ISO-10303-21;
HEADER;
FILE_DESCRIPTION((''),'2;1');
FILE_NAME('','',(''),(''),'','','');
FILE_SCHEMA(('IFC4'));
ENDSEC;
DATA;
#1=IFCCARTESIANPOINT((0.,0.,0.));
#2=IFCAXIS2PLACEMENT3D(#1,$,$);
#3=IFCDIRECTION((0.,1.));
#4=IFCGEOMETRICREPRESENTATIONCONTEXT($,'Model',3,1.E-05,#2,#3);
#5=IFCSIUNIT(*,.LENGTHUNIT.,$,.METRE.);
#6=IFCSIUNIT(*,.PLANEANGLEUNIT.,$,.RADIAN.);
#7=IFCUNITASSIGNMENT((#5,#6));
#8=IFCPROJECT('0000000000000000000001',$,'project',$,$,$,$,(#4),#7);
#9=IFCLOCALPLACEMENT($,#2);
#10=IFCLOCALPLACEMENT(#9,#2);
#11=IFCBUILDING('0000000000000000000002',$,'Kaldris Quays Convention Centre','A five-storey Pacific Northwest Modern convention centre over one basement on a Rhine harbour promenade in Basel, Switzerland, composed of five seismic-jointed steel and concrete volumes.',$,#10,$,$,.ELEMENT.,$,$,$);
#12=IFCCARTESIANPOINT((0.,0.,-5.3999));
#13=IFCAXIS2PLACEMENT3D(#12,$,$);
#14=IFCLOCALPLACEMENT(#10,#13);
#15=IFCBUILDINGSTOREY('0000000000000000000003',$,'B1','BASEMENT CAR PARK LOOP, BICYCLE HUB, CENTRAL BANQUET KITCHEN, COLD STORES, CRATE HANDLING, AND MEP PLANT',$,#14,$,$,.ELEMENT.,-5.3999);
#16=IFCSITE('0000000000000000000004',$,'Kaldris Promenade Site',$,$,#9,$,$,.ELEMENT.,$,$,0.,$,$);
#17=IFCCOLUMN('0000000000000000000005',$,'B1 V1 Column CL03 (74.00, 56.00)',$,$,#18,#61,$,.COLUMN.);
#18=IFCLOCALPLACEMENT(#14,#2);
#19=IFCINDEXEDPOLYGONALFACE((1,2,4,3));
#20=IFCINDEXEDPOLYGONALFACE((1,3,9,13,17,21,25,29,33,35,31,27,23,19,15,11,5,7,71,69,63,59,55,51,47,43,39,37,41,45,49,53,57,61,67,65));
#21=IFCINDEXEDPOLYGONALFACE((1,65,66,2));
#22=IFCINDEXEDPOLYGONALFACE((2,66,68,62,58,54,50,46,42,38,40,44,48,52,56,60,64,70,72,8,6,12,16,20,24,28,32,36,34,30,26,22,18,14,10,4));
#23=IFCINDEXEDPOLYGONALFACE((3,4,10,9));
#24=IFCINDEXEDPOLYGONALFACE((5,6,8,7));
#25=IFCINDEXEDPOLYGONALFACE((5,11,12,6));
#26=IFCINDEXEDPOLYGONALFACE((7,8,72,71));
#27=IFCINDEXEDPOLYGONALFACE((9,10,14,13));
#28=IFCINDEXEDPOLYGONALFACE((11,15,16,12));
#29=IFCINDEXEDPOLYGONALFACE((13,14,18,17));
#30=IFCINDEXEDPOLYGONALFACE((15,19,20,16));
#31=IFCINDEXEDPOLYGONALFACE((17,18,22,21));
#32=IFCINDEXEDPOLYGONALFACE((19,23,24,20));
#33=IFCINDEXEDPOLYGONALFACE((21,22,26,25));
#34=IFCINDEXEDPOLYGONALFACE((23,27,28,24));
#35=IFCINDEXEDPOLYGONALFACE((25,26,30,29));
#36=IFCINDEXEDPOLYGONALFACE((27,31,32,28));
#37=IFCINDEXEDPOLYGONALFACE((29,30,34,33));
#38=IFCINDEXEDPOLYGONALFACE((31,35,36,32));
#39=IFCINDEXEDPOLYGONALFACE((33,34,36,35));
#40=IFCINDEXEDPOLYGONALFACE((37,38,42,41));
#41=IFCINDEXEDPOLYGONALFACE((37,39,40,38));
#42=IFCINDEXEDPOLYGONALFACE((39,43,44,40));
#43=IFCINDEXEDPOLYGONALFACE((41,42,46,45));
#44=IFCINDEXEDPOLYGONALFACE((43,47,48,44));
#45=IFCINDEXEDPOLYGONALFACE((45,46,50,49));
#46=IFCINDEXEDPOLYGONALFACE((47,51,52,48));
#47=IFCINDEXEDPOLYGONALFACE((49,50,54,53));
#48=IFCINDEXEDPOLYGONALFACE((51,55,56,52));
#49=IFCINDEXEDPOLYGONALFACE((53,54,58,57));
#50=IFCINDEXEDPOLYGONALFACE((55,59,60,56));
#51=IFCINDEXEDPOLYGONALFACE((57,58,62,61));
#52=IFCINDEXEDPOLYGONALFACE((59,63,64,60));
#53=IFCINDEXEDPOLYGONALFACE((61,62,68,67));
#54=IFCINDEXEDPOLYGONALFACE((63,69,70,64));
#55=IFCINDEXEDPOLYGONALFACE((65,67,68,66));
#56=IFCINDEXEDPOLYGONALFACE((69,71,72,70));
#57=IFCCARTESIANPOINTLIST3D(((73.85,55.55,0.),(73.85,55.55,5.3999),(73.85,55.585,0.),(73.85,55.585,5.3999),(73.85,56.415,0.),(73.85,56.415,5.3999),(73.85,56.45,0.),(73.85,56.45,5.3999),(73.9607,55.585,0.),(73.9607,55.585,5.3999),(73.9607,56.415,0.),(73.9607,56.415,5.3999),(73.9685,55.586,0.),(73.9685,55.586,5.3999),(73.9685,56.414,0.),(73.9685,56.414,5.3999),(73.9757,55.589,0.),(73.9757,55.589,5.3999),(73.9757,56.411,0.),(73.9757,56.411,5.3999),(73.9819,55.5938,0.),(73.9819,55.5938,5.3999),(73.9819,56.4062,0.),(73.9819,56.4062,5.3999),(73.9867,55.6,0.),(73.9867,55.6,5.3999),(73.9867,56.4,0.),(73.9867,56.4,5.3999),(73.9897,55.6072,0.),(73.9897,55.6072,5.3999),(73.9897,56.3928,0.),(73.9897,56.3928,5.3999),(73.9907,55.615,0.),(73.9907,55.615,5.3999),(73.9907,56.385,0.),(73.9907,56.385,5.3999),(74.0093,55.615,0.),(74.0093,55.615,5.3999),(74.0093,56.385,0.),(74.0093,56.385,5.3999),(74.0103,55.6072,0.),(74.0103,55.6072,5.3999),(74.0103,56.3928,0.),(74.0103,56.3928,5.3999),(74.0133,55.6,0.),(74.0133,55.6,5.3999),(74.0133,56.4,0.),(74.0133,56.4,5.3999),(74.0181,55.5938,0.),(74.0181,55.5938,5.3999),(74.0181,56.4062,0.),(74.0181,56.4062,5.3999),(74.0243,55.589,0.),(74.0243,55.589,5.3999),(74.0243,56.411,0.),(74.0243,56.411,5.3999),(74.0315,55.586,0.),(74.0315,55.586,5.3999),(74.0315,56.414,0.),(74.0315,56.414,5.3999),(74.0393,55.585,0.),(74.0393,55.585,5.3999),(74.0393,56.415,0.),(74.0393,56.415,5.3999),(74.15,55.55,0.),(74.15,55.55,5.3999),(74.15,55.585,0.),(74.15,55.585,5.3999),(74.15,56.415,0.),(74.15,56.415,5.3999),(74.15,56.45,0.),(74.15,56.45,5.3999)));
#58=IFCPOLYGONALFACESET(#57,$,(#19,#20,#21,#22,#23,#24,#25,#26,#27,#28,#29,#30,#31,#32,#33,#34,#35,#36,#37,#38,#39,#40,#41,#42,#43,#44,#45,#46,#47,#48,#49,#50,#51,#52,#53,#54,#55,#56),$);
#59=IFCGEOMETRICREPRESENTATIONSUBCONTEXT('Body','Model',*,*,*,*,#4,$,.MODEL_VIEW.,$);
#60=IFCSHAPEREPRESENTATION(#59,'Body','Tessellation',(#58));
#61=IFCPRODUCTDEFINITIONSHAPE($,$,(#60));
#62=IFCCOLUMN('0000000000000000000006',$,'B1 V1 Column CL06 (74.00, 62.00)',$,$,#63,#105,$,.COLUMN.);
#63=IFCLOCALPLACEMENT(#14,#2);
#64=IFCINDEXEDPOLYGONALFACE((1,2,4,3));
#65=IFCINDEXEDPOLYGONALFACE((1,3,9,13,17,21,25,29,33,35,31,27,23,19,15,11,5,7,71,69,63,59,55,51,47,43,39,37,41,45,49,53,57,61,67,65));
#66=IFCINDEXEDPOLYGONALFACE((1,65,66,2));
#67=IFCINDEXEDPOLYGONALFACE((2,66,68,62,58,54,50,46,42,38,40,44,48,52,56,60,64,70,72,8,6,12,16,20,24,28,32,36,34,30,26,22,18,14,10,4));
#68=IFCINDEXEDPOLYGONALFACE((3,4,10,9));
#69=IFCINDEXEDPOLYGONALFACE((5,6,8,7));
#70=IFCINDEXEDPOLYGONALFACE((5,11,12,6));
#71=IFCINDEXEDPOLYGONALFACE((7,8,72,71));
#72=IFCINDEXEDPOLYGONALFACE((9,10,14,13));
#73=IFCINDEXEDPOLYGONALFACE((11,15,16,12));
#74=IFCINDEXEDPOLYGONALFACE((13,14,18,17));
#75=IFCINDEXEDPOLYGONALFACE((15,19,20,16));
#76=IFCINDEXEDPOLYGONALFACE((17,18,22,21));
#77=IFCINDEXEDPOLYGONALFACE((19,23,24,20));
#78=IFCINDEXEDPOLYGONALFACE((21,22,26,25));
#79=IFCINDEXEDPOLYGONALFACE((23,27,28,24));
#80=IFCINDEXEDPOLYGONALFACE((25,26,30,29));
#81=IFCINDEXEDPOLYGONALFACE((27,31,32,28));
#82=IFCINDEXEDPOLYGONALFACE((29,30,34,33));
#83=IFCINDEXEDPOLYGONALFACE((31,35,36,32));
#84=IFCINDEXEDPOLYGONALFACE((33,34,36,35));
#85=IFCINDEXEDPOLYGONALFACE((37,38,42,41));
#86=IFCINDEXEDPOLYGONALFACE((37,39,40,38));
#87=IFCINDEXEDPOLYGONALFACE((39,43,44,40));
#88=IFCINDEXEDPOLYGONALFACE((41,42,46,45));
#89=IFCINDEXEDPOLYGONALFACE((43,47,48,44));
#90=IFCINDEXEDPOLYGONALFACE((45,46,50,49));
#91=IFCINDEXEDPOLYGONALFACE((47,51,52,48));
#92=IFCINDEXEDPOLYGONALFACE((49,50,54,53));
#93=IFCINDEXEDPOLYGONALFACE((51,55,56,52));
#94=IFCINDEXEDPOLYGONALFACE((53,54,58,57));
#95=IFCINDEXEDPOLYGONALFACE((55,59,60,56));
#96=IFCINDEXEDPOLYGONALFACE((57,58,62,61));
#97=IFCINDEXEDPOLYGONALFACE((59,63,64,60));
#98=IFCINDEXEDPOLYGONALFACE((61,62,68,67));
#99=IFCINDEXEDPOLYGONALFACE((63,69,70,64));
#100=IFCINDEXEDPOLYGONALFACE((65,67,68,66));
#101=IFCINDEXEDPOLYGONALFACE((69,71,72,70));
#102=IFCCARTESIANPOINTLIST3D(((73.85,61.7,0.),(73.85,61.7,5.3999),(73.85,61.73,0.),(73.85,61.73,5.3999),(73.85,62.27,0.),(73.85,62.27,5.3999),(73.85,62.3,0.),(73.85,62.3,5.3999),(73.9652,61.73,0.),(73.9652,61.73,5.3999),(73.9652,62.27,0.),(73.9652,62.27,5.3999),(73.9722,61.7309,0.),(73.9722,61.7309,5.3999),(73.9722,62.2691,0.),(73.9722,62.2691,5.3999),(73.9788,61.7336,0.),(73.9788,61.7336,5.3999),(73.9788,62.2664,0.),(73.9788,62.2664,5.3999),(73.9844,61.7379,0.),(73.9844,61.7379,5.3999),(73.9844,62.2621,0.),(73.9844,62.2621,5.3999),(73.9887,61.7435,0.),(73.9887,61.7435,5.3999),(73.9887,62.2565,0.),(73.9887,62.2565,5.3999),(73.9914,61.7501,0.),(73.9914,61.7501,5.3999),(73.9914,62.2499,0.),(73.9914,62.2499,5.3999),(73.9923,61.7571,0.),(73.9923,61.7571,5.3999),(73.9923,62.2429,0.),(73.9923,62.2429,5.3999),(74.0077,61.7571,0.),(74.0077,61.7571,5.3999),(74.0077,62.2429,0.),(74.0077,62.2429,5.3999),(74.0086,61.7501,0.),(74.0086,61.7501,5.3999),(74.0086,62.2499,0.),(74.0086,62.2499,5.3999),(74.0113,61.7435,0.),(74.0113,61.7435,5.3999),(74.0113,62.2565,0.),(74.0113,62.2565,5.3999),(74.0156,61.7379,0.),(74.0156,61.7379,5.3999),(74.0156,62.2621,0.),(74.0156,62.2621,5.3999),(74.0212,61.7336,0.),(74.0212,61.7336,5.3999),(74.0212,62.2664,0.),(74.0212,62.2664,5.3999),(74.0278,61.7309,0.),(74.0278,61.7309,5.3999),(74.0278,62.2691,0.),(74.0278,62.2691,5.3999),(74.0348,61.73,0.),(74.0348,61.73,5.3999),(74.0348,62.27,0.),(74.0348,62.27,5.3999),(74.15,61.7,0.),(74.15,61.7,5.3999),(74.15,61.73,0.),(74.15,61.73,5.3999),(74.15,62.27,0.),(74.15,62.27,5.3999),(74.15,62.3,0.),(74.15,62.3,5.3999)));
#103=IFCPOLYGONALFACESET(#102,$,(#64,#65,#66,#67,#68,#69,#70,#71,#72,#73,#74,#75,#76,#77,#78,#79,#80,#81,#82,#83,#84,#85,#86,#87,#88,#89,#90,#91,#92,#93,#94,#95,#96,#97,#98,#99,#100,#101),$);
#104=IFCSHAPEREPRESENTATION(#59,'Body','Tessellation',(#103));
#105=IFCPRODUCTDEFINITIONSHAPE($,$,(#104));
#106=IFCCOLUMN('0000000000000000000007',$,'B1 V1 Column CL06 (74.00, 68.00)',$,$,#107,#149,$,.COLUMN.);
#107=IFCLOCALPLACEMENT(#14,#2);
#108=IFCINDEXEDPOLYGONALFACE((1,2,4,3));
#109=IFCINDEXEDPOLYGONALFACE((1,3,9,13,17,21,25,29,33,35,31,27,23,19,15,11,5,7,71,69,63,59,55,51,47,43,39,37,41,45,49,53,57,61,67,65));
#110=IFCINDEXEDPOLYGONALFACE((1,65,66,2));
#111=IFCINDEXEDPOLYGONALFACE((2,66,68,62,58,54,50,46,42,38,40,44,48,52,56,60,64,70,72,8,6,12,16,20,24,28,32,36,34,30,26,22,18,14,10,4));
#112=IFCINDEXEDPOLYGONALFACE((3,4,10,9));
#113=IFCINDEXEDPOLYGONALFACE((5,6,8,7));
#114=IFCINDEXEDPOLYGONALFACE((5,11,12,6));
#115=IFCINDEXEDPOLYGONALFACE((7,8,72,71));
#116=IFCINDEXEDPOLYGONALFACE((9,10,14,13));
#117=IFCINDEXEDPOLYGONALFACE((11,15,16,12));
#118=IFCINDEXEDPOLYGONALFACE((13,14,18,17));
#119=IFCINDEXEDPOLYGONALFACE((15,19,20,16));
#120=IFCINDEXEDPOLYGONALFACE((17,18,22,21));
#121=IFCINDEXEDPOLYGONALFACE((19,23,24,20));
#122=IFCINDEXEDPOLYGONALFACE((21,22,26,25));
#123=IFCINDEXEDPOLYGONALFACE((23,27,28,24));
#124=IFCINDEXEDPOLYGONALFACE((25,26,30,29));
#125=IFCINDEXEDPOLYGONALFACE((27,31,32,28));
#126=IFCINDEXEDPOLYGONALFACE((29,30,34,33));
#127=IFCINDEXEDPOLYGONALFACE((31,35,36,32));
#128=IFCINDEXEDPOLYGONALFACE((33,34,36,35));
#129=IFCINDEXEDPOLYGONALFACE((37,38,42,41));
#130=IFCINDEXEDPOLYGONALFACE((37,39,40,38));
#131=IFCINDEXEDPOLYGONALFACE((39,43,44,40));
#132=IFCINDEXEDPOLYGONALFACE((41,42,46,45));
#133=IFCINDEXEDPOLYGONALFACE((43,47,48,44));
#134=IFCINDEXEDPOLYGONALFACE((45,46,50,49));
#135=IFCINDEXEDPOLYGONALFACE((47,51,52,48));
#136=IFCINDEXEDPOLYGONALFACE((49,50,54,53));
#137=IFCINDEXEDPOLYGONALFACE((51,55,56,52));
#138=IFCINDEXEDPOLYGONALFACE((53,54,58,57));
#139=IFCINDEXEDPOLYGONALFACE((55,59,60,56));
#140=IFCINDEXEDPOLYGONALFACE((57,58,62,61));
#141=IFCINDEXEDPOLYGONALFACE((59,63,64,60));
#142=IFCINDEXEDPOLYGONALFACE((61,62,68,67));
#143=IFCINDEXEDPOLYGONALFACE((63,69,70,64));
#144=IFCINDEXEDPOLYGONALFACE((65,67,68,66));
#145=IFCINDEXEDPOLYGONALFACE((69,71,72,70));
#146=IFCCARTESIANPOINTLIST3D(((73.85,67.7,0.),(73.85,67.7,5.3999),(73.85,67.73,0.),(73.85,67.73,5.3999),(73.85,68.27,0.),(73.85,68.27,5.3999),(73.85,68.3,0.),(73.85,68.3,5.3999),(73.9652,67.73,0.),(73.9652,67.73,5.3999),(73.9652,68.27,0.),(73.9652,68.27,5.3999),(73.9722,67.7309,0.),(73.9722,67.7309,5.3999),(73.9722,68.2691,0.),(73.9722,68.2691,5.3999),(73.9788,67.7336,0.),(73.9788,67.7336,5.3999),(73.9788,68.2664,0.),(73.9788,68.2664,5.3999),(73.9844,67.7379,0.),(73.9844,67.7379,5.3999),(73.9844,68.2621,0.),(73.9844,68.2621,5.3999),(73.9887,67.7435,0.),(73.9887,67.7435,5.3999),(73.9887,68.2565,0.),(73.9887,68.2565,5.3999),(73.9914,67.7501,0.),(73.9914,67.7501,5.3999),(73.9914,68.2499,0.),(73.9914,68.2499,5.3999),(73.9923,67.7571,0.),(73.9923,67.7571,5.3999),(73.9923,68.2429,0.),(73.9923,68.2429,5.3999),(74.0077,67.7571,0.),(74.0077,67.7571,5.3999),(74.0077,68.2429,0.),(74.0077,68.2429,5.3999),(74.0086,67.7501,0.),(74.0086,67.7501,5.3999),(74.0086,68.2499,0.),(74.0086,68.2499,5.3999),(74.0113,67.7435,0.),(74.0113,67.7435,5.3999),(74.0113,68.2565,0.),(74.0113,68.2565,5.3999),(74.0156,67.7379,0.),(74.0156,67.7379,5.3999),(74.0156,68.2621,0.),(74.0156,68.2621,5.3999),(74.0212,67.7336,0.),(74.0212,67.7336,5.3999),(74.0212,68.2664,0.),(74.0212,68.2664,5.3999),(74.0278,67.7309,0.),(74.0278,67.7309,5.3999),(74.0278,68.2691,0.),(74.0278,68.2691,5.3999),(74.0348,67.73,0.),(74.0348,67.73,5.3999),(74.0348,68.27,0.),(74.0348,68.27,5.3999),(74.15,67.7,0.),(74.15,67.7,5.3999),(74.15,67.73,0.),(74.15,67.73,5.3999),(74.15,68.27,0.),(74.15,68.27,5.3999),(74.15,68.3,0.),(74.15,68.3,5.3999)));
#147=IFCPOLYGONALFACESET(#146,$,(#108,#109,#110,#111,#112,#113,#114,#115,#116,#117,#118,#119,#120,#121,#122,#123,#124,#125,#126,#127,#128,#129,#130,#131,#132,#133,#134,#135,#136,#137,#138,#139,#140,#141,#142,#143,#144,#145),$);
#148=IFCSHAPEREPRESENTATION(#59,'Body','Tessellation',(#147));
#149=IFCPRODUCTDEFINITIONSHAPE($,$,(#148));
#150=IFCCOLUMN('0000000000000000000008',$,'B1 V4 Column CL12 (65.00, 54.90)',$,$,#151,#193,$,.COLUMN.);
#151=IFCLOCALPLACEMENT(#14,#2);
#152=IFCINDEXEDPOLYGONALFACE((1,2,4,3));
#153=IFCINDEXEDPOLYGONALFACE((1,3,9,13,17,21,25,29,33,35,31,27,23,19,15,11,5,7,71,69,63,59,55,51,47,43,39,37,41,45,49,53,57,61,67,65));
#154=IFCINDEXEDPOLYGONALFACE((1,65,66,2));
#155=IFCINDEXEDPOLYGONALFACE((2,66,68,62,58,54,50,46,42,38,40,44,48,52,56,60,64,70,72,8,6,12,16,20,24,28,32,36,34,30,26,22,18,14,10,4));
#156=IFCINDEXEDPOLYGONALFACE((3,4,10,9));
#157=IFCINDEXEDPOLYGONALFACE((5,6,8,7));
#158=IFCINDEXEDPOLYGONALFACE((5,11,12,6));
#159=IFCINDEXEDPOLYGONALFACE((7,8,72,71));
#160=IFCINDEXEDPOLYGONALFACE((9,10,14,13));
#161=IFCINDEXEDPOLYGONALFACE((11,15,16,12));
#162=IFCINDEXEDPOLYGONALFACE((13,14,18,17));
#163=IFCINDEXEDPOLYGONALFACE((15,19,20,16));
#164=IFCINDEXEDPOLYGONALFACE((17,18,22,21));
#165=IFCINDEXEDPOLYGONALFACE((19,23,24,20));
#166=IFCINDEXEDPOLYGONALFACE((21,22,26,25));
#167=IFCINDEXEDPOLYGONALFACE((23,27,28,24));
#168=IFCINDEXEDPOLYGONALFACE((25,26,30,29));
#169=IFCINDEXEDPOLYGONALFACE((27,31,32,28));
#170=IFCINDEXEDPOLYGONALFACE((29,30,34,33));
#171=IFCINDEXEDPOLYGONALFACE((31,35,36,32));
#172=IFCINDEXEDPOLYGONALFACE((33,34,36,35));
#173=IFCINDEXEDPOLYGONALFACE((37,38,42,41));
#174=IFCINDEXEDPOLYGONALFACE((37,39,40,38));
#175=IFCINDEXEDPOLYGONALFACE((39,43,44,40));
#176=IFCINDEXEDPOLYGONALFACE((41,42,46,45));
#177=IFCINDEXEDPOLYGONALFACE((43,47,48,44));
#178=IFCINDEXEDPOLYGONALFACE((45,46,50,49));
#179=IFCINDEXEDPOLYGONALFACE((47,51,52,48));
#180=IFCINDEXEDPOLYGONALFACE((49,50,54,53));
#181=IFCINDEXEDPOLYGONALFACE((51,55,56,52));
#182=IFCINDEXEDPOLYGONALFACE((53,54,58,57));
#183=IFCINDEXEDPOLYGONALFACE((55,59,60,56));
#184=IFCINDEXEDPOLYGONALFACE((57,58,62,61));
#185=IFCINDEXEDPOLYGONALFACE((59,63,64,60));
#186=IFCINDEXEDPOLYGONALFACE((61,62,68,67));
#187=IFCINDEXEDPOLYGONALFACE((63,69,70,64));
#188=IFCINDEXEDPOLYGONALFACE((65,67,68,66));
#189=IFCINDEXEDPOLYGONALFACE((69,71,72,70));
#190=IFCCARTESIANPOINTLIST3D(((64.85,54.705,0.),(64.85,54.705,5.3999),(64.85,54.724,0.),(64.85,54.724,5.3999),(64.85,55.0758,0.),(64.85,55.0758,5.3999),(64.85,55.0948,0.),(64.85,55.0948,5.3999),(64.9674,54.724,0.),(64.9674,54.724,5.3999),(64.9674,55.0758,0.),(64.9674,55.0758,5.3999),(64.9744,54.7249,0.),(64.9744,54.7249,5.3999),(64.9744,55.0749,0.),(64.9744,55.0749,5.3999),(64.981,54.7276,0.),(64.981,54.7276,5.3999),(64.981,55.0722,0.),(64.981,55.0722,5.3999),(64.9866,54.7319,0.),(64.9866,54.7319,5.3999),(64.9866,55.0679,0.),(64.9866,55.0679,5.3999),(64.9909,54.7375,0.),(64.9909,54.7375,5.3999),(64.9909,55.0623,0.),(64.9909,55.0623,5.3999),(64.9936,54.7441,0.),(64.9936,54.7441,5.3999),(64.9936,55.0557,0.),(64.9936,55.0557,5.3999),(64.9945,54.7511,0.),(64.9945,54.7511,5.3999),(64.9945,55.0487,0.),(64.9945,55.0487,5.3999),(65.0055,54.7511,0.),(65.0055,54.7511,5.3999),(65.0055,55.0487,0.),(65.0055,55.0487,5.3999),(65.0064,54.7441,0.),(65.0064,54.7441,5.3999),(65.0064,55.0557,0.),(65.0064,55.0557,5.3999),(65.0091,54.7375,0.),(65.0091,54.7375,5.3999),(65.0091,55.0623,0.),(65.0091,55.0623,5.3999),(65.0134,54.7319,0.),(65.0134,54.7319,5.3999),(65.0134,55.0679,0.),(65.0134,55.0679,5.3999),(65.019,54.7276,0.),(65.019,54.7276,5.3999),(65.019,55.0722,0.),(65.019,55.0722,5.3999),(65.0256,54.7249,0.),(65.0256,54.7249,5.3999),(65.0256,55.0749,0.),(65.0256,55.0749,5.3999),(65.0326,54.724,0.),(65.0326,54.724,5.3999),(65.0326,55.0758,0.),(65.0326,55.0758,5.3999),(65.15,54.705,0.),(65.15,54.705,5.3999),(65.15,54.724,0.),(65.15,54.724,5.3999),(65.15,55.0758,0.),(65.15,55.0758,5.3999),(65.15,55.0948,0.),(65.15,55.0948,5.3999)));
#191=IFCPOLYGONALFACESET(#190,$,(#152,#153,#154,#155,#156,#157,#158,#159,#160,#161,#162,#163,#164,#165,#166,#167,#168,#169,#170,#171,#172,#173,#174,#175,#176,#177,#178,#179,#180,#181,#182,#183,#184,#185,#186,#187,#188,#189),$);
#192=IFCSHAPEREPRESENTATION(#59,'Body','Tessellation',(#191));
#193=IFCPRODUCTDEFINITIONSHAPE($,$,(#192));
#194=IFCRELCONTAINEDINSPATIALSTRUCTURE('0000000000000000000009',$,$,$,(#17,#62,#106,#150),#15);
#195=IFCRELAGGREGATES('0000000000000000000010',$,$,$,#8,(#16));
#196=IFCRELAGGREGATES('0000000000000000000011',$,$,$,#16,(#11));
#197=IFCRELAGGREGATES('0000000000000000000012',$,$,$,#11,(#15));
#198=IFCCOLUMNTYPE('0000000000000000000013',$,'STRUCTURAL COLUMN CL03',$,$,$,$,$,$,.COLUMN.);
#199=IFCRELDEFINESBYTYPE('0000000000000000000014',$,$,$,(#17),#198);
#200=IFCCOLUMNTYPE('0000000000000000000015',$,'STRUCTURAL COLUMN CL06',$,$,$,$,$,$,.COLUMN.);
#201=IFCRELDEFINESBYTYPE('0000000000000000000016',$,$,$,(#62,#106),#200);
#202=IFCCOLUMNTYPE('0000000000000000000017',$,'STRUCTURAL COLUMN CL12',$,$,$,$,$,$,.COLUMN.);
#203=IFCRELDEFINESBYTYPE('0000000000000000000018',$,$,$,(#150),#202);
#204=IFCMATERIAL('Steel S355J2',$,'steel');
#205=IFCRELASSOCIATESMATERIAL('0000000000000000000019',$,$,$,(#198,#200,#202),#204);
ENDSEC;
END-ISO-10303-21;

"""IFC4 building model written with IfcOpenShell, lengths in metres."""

from ifc_helpers import new_model, si_unit, direction, frame, origin, origin_2d, place, context, subcontext, project, spatial, i_section, extrude, material, material_profile, profile_set, type_object, element, save


model = new_model("IFC4")

# Units and contexts
model_context = context("Model", 3, precision=1e-05, world=origin(), true_north=direction((0.0, 1.0)))
body_context = subcontext(model_context, "Body", "Model", "MODEL_VIEW")
ifc_project = project(units=[si_unit("LENGTHUNIT", "METRE"), si_unit("PLANEANGLEUNIT", "RADIAN")], contexts=[model_context])

# Site, building, storey
site_placement = place(None, origin())
site = spatial("IfcSite", under=ifc_project, at=site_placement, Name="Kaldris Promenade Site", CompositionType="ELEMENT", RefElevation=0.0)
building_placement = place(site_placement, origin())
building = spatial("IfcBuilding", under=site, at=building_placement, Name="Kaldris Quays Convention Centre", Description="A five-storey Pacific Northwest Modern convention centre over one basement on a Rhine harbour promenade in Basel, Switzerland, composed of five seismic-jointed steel and concrete volumes.", CompositionType="ELEMENT")
storey_placement = place(building_placement, frame((0.0, 0.0, -5.3999)))
storey = spatial("IfcBuildingStorey", under=building, at=storey_placement, Name="B1", Description="BASEMENT CAR PARK LOOP, BICYCLE HUB, CENTRAL BANQUET KITCHEN, COLD STORES, CRATE HANDLING, AND MEP PLANT", CompositionType="ELEMENT", Elevation=-5.3999)

# Columns
ifc_material_1 = material(Name="Steel S355J2", Category="steel")
ifc_material_profile_1 = material_profile(ifc_material_1, i_section(OverallWidth=0.3, OverallDepth=0.8999, WebThickness=0.0186, FlangeThickness=0.0349, FilletRadius=0.03, at=origin_2d()), Name="HEB 900")
ifc_profile_set_1 = profile_set([ifc_material_profile_1], Name="Steel S355J2")
column_type_1 = type_object("IfcColumnType", Name="STRUCTURAL COLUMN CL03", PredefinedType="COLUMN", material=ifc_profile_set_1)
for number, where, z_axis, x_axis, name in (
    (1, (74.0, 56.0, 0.0), (0.0, 0.0, 1.0), (1.0, 0.0, 0.0), "B1 V1 Column CL03 (74.00, 56.00)"),
):
    element("IfcColumn", number, at=place(storey_placement, frame(where, z_axis=z_axis, x_axis=x_axis)), inside=storey, type_object=column_type_1, Name=name, PredefinedType="COLUMN", context=body_context, shape_type="SweptSolid", body=[
        extrude(i_section(OverallWidth=0.3, OverallDepth=0.8999, WebThickness=0.0186, FlangeThickness=0.0349, FilletRadius=0.03, at=origin_2d()), origin(), (0.0, 0.0, 1.0), 5.3999),
    ])
ifc_material_profile_2 = material_profile(ifc_material_1, i_section(OverallWidth=0.3, OverallDepth=0.6001, WebThickness=0.0154, FlangeThickness=0.03, FilletRadius=0.0271, at=origin_2d()), Name="HEB 600")
ifc_profile_set_2 = profile_set([ifc_material_profile_2], Name="Steel S355J2")
column_type_2 = type_object("IfcColumnType", Name="STRUCTURAL COLUMN CL06", PredefinedType="COLUMN", material=ifc_profile_set_2)
for number, where, z_axis, x_axis, name in (
    (2, (74.0, 62.0, 0.0), (0.0, 0.0, 1.0), (1.0, 0.0, 0.0), "B1 V1 Column CL06 (74.00, 62.00)"),
    (3, (74.0, 68.0, 0.0), (0.0, 0.0, 1.0), (1.0, 0.0, 0.0), "B1 V1 Column CL06 (74.00, 68.00)"),
):
    element("IfcColumn", number, at=place(storey_placement, frame(where, z_axis=z_axis, x_axis=x_axis)), inside=storey, type_object=column_type_2, Name=name, PredefinedType="COLUMN", context=body_context, shape_type="SweptSolid", body=[
        extrude(i_section(OverallWidth=0.3, OverallDepth=0.6001, WebThickness=0.0154, FlangeThickness=0.03, FilletRadius=0.0271, at=origin_2d()), origin(), (0.0, 0.0, 1.0), 5.3999),
    ])
ifc_material_profile_3 = material_profile(ifc_material_1, i_section(OverallWidth=0.3, OverallDepth=0.3899, WebThickness=0.011, FlangeThickness=0.019, FilletRadius=0.0271, at=origin_2d()), Name="HEA 400")
ifc_profile_set_3 = profile_set([ifc_material_profile_3], Name="Steel S355J2")
column_type_3 = type_object("IfcColumnType", Name="STRUCTURAL COLUMN CL12", PredefinedType="COLUMN", material=ifc_profile_set_3)
for number, where, z_axis, x_axis, name in (
    (4, (65.0, 54.8999, 0.0), (0.0, 0.0, 1.0), (1.0, 0.0, 0.0), "B1 V4 Column CL12 (65.00, 54.90)"),
):
    element("IfcColumn", number, at=place(storey_placement, frame(where, z_axis=z_axis, x_axis=x_axis)), inside=storey, type_object=column_type_3, Name=name, PredefinedType="COLUMN", context=body_context, shape_type="SweptSolid", body=[
        extrude(i_section(OverallWidth=0.3, OverallDepth=0.3899, WebThickness=0.011, FlangeThickness=0.019, FilletRadius=0.0271, at=origin_2d()), origin(), (0.0, 0.0, 1.0), 5.3999),
    ])

save(model, "model.ifc")
